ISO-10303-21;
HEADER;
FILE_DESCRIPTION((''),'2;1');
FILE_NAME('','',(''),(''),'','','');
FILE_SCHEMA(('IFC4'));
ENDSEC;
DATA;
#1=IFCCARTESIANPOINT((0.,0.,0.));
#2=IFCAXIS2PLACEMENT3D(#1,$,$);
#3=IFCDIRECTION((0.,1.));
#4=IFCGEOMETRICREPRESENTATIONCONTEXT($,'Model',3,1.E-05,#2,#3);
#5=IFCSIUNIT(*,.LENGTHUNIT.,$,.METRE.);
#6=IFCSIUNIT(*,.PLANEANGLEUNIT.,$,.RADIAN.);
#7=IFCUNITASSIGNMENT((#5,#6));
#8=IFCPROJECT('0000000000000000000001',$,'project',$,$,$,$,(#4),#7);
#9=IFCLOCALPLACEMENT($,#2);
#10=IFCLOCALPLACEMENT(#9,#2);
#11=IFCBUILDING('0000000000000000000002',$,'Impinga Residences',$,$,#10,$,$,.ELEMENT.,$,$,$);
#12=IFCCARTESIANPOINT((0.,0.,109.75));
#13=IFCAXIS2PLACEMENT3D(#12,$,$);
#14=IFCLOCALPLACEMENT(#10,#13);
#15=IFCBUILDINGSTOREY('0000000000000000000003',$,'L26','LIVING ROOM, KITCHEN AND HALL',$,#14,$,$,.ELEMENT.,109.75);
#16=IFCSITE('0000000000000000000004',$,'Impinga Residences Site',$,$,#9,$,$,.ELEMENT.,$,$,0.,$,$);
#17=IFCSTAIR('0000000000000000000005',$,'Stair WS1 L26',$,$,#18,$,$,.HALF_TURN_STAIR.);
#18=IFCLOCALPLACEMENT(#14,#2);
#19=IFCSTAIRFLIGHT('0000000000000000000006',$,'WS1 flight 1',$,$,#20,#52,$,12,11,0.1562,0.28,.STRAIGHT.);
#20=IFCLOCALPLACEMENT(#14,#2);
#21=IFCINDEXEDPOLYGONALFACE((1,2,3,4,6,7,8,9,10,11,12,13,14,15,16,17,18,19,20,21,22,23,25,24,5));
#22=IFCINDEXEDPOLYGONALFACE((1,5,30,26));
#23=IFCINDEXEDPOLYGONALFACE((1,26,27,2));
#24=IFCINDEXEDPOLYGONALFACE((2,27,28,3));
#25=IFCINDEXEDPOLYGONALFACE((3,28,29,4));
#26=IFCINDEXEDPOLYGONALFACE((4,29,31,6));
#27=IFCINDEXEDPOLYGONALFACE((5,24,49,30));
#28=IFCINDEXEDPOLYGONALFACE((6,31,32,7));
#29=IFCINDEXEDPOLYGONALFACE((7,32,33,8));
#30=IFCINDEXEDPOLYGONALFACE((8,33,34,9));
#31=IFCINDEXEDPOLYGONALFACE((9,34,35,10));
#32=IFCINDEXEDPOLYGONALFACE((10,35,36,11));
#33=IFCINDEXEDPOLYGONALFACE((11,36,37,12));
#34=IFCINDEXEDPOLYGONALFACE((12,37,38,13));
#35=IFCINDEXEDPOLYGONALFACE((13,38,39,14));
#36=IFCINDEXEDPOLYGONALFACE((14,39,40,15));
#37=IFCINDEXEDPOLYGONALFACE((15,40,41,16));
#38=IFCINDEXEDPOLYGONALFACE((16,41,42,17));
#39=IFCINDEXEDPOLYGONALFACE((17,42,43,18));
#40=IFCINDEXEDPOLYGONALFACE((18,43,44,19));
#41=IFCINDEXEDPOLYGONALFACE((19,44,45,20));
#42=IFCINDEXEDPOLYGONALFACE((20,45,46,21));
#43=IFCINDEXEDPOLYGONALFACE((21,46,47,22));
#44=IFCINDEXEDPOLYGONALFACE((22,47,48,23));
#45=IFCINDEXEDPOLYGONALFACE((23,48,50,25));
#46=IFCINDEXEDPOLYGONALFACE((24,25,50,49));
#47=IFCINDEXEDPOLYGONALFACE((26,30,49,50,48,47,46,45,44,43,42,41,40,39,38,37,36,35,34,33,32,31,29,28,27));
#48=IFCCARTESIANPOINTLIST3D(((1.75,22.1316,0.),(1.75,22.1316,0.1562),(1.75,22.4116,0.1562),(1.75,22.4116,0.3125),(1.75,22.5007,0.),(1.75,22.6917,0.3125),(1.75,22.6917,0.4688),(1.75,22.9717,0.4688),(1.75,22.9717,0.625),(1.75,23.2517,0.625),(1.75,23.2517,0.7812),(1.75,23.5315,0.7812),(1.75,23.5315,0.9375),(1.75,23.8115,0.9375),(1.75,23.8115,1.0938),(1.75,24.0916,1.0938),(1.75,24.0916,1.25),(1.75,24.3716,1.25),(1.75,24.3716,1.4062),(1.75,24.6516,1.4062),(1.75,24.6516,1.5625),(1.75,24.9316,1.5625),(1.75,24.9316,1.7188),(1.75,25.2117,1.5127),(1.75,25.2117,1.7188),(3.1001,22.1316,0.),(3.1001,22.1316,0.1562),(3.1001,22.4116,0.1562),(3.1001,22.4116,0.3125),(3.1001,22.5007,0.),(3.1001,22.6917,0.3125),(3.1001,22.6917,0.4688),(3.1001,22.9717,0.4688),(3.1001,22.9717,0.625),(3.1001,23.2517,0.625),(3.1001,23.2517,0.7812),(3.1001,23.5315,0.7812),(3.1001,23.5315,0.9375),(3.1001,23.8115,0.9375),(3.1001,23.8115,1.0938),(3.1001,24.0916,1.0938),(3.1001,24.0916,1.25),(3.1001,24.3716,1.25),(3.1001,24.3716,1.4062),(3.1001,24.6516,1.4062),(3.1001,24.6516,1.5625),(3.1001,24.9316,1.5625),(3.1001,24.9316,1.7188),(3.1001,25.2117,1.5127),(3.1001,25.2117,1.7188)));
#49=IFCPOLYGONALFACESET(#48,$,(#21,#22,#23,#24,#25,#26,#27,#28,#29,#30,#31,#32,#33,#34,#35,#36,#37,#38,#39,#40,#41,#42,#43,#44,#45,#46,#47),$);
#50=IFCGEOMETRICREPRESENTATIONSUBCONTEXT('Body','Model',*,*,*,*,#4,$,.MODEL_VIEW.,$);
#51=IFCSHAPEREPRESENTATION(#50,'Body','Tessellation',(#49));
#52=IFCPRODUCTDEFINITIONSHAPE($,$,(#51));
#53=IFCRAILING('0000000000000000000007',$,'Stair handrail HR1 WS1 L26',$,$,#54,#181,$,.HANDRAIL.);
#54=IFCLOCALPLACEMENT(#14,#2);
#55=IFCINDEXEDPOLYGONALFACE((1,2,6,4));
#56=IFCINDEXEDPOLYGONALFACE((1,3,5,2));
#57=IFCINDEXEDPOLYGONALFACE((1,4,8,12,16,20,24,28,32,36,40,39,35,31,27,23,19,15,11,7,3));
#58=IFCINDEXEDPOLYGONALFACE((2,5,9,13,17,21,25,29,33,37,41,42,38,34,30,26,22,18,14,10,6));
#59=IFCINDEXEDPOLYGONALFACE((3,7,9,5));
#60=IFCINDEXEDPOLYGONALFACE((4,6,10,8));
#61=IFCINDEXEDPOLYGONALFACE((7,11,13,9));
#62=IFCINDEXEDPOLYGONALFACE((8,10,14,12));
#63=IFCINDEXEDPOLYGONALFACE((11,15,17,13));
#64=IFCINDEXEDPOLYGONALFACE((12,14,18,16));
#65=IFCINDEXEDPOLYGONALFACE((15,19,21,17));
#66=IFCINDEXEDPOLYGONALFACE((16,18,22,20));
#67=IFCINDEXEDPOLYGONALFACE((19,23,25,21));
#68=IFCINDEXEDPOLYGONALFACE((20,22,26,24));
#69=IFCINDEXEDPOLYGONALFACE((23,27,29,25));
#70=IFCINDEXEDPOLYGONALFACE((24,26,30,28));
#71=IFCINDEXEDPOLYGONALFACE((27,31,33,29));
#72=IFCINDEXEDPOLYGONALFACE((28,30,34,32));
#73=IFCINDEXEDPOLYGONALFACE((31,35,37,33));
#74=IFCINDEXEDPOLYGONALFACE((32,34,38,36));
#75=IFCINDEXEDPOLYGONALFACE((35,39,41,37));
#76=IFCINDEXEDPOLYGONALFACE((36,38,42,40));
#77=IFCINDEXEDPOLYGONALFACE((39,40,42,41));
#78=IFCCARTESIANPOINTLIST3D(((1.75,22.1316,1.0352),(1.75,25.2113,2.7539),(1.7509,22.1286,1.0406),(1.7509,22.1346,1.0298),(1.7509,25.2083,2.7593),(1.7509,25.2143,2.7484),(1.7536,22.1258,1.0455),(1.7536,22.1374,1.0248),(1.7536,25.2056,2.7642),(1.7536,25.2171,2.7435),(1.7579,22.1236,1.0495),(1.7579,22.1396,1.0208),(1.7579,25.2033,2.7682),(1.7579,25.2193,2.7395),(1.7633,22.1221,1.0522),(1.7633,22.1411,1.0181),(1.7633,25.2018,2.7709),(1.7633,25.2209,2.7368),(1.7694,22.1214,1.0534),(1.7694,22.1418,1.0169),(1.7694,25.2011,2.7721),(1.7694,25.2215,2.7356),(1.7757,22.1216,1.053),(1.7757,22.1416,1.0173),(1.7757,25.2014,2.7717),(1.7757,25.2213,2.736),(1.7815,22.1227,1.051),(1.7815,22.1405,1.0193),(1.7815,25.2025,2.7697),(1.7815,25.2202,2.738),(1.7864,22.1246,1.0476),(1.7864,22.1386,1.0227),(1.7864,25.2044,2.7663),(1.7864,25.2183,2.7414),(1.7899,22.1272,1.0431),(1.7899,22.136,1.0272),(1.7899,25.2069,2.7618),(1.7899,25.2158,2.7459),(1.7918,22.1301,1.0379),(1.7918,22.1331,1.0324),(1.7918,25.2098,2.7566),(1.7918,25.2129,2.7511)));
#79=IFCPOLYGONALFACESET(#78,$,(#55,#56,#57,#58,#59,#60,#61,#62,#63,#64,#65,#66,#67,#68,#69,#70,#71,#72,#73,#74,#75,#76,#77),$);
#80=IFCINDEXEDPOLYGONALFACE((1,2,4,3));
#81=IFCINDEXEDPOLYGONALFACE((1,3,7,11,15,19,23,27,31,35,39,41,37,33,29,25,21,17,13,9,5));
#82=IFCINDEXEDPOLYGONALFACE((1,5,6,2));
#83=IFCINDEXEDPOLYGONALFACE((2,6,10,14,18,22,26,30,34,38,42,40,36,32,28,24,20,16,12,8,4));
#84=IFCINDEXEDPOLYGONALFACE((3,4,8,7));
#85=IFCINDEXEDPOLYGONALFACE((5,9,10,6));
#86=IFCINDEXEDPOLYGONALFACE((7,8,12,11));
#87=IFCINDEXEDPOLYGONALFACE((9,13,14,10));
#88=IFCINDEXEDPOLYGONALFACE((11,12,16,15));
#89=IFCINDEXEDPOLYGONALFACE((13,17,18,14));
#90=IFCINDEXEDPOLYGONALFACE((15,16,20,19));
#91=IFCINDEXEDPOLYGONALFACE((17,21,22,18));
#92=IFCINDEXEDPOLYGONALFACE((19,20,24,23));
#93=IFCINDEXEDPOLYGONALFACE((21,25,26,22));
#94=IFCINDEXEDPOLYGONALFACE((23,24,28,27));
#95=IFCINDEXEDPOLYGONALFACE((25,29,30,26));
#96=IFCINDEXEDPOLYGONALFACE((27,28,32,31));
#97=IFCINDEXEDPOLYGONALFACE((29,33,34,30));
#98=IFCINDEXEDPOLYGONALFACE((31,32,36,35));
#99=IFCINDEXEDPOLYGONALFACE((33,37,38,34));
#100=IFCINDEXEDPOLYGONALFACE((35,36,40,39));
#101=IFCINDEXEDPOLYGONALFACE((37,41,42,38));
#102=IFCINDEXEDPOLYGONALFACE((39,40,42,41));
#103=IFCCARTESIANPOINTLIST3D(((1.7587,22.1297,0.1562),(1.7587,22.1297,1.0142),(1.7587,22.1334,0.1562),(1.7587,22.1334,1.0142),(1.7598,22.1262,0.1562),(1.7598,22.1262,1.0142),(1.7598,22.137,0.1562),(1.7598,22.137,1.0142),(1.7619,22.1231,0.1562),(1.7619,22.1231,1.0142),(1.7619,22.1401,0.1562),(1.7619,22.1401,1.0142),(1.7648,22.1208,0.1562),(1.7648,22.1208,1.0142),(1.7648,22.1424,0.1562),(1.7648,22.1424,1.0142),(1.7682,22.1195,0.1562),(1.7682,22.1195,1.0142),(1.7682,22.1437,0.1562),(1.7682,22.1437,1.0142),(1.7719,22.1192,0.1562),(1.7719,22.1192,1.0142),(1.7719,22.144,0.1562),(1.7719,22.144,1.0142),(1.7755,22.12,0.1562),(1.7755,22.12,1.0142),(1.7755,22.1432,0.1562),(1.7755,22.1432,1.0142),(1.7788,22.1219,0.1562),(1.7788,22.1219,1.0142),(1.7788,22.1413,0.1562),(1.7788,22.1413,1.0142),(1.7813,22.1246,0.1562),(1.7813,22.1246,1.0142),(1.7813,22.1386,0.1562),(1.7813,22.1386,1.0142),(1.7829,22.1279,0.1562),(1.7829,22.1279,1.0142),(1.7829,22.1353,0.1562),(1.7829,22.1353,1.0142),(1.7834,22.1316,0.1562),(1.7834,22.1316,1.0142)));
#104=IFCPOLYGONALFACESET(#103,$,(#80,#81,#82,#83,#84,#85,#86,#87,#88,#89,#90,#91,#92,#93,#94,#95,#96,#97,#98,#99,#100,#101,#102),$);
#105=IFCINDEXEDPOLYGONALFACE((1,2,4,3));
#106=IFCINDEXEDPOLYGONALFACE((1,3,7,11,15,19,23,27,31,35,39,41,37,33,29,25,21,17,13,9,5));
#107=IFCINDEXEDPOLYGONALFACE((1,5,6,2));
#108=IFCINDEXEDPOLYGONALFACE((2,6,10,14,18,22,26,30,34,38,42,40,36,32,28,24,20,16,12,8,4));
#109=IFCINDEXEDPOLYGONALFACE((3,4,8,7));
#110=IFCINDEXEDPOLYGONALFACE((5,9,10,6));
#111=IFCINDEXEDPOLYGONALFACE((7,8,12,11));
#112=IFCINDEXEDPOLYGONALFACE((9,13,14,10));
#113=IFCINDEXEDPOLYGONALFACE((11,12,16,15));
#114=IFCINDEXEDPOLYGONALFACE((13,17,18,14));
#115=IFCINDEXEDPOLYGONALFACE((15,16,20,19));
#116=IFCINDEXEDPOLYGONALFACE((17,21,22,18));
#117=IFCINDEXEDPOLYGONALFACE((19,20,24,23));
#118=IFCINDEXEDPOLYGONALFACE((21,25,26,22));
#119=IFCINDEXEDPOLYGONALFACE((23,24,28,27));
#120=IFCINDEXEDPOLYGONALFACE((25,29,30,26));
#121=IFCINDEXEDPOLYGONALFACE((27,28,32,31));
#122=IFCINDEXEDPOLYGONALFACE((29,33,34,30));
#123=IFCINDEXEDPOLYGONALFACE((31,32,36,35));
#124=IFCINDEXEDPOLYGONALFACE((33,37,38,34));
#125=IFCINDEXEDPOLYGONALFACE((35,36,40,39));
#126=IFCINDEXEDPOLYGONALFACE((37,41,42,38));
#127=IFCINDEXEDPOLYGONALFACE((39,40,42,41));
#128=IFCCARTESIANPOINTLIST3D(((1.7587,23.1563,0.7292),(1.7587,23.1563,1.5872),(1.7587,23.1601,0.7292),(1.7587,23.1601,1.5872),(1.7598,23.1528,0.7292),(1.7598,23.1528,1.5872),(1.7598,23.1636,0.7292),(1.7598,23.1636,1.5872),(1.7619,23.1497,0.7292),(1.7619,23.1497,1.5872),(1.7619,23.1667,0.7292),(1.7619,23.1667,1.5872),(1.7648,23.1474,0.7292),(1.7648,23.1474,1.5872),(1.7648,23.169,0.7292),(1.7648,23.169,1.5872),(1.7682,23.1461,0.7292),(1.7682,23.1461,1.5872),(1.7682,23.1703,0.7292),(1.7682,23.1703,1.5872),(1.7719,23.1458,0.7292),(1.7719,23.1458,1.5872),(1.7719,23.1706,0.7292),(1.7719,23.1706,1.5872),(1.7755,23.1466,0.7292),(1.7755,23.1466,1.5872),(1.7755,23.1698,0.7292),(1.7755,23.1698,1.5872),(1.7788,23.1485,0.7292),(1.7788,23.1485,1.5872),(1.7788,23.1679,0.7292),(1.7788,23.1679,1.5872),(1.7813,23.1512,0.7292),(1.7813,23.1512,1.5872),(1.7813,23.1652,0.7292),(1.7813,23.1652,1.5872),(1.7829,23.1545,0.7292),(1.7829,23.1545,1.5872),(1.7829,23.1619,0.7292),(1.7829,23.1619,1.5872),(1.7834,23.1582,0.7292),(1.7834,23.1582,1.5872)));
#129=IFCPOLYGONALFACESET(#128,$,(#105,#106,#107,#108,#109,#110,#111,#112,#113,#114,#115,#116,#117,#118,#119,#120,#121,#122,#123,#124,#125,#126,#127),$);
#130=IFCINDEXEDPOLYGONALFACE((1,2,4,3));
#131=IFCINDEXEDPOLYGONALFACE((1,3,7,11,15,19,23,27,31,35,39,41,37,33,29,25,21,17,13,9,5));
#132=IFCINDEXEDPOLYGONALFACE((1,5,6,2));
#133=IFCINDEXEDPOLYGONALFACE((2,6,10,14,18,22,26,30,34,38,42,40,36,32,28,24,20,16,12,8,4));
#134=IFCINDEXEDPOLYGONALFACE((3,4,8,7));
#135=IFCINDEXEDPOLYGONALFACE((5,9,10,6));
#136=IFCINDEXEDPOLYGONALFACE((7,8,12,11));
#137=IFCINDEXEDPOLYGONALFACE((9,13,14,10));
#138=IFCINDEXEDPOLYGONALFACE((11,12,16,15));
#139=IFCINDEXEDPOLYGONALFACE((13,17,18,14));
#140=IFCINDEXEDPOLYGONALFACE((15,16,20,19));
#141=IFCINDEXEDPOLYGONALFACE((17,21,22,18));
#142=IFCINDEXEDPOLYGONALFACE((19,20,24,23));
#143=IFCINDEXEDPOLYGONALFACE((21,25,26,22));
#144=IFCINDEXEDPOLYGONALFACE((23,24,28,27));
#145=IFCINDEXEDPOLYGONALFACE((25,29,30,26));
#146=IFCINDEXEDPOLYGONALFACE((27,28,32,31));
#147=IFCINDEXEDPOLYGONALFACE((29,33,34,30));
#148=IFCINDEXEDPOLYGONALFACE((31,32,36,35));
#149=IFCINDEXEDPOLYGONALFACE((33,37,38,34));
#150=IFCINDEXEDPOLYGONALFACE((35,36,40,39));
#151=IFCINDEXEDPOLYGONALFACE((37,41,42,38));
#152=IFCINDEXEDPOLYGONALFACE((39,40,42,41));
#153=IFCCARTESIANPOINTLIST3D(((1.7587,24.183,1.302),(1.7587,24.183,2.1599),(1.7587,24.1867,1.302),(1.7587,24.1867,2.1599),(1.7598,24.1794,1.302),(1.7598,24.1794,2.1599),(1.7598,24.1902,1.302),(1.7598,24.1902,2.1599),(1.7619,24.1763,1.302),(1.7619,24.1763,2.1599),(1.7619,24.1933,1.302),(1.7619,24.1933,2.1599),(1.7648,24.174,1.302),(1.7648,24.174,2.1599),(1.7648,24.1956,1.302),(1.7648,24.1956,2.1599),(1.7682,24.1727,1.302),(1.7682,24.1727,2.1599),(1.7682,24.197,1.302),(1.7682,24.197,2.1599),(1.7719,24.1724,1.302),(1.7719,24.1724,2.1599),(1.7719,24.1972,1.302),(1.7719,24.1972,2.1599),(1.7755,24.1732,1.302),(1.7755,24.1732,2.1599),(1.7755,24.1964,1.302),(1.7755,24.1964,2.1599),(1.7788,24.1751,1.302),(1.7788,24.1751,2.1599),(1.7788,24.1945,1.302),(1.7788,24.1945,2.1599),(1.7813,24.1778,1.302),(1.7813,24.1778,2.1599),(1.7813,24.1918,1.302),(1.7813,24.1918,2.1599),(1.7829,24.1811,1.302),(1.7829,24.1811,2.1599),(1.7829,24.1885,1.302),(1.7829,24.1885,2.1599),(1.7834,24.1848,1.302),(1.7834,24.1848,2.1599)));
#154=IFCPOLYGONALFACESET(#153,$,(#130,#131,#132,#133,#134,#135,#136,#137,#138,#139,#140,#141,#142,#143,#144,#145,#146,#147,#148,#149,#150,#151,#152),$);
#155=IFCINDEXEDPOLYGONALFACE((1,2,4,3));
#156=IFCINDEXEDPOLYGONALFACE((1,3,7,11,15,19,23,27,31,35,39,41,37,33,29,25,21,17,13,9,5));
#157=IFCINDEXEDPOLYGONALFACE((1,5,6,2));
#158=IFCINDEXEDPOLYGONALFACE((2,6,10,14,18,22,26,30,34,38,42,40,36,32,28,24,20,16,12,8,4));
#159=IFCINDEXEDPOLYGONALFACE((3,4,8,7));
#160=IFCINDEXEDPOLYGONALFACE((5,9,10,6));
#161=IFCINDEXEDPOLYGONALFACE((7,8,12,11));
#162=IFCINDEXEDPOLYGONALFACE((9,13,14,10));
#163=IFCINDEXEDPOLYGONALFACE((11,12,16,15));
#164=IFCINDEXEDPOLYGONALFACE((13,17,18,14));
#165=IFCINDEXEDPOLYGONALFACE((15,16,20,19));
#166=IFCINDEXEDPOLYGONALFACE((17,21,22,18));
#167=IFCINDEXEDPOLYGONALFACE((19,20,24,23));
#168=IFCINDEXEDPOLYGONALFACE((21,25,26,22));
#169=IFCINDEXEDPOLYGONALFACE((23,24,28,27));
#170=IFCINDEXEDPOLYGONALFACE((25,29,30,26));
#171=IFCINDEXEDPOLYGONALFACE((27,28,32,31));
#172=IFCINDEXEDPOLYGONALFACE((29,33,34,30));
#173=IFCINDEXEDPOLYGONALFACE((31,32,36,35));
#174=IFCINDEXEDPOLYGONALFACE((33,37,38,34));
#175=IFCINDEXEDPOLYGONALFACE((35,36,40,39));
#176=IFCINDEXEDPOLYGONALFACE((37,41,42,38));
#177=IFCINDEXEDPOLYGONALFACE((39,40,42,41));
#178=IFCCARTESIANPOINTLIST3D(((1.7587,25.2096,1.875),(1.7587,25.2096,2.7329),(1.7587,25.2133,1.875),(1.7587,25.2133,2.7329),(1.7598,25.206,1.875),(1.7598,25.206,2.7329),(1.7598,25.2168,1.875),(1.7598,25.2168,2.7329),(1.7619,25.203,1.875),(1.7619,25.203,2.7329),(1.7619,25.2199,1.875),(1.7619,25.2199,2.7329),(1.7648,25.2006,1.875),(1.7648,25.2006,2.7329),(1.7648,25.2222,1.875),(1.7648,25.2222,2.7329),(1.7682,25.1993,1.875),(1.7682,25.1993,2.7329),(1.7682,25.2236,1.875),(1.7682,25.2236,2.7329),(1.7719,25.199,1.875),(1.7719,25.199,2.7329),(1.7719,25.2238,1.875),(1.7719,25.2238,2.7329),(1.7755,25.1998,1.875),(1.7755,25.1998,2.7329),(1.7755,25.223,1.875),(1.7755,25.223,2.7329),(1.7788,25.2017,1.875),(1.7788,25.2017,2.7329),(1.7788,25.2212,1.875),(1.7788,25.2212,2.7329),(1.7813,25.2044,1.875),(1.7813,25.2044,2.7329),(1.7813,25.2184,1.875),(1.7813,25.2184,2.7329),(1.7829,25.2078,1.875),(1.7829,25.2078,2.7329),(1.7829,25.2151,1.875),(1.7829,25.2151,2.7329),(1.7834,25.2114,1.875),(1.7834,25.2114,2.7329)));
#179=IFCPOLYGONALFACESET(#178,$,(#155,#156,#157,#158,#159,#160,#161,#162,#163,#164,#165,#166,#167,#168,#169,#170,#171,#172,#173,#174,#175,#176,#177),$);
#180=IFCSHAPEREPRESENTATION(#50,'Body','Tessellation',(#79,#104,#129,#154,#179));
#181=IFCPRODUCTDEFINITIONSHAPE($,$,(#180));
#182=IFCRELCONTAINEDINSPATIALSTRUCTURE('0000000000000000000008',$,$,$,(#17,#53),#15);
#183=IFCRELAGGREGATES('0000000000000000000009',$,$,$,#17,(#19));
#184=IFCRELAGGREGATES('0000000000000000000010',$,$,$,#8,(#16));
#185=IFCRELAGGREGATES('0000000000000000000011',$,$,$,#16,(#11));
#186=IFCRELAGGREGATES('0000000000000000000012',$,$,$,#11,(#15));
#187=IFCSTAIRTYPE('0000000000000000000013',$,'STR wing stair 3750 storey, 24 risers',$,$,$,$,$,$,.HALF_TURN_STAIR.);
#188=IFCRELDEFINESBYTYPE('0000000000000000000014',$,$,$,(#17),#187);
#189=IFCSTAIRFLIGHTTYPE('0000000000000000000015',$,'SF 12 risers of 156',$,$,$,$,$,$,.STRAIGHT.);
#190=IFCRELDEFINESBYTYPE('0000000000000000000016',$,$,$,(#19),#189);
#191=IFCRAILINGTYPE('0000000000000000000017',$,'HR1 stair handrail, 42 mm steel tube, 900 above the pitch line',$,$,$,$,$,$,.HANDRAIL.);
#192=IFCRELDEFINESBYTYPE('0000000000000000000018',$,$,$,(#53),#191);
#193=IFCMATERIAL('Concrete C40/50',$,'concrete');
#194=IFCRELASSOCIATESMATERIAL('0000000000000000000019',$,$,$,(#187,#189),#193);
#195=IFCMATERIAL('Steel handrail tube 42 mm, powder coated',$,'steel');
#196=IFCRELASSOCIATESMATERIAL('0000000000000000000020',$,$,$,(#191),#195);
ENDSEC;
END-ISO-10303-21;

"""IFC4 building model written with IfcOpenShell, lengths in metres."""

from ifc_helpers import new_model, si_unit, direction, frame, origin, origin_2d, place, context, subcontext, project, spatial, polyline, circle, outline, extrude, material, type_object, element, aggregate, save


model = new_model("IFC4")

# Units and contexts
model_context = context("Model", 3, precision=1e-05, world=origin(), true_north=direction((0.0, 1.0)))
body_context = subcontext(model_context, "Body", "Model", "MODEL_VIEW")
ifc_project = project(units=[si_unit("LENGTHUNIT", "METRE"), si_unit("PLANEANGLEUNIT", "RADIAN")], contexts=[model_context])

# Site, building, storey
site_placement = place(None, origin())
site = spatial("IfcSite", under=ifc_project, at=site_placement, Name="Impinga Residences Site", CompositionType="ELEMENT", RefElevation=0.0)
building_placement = place(site_placement, origin())
building = spatial("IfcBuilding", under=site, at=building_placement, Name="Impinga Residences", CompositionType="ELEMENT")
storey_placement = place(building_placement, frame((0.0, 0.0, 109.75)))
storey = spatial("IfcBuildingStorey", under=building, at=storey_placement, Name="L26", Description="LIVING ROOM, KITCHEN AND HALL", CompositionType="ELEMENT", Elevation=109.75)

# Stair, stair flight
ifc_material_1 = material(Name="Concrete C40/50", Category="concrete")
stair_type = type_object("IfcStairType", Name="STR wing stair 3750 storey, 24 risers", PredefinedType="HALF_TURN_STAIR", material=ifc_material_1)
stair_placement = place(storey_placement, origin())
stair = element("IfcStair", 1, at=stair_placement, inside=storey, type_object=stair_type, Name="Stair WS1 L26", PredefinedType="HALF_TURN_STAIR")
stair_flight_type = type_object("IfcStairFlightType", Name="SF 12 risers of 156", PredefinedType="STRAIGHT", material=ifc_material_1)
stair_flight_placement = place(storey_placement, frame((2.425, 22.1316, 0.0), z_axis=(0.0, 0.0, 1.0), x_axis=(0.0, 1.0, 0.0)))
stair_flight = element("IfcStairFlight", 2, at=stair_flight_placement, type_object=stair_flight_type, Name="WS1 flight 1", NumberOfRisers=12, NumberOfTreads=11, PredefinedType="STRAIGHT", RiserHeight=0.1562, TreadLength=0.28, context=body_context, shape_type="SweptSolid", body=[
    extrude(outline(polyline([(0.0, 0.0), (0.0, 0.1562), (0.28, 0.1562), (0.28, 0.3125), (0.5601, 0.3125), (0.5601, 0.4688), (0.8401, 0.4688), (0.8401, 0.625), (1.1201, 0.625), (1.1201, 0.7812), (1.3999, 0.7812), (1.3999, 0.9375), (1.6799, 0.9375), (1.6799, 1.0938), (1.96, 1.0938), (1.96, 1.25), (2.24, 1.25), (2.24, 1.4062), (2.52, 1.4062), (2.52, 1.5625), (2.8, 1.5625), (2.8, 1.7188), (3.0801, 1.7188), (3.0801, 1.875), (3.0801, 1.5127), (0.3691, 0.0), (0.0, 0.0)])), frame((0.0, 0.675, 0.0), z_axis=(0.0, -1.0, 0.0), x_axis=(1.0, 0.0, 0.0)), (0.0, 0.0, 1.0), 1.3501),
])
aggregate(stair, [stair_flight])

# Railing
ifc_material_2 = material(Name="Steel handrail tube 42 mm, powder coated", Category="steel")
railing_type = type_object("IfcRailingType", Name="HR1 stair handrail, 42 mm steel tube, 900 above the pitch line", PredefinedType="HANDRAIL", material=ifc_material_2)
railing_placement = place(storey_placement, frame((1.771, 22.1316, 0.1562)))
element("IfcRailing", 3, at=railing_placement, inside=storey, type_object=railing_type, Name="Stair handrail HR1 WS1 L26", PredefinedType="HANDRAIL", context=body_context, shape_type="SweptSolid", body=[
    extrude(circle(Radius=0.021, at=origin_2d()), frame((0.0, 0.0, 0.8789), z_axis=(0.0, 0.873225, 0.487317), x_axis=(-1.0, 0.0, 0.0)), (0.0, 0.0, 1.0), 3.5269),
    extrude(circle(Radius=0.0125, at=origin_2d()), origin(), (0.0, 0.0, 1.0), 0.8579),
    extrude(circle(Radius=0.0125, at=origin_2d()), frame((0.0, 1.0266, 0.573)), (0.0, 0.0, 1.0), 0.8579),
    extrude(circle(Radius=0.0125, at=origin_2d()), frame((0.0, 2.0532, 1.1458)), (0.0, 0.0, 1.0), 0.8579),
    extrude(circle(Radius=0.0125, at=origin_2d()), frame((0.0, 3.0798, 1.7188)), (0.0, 0.0, 1.0), 0.8579),
])

save(model, "model.ifc")
